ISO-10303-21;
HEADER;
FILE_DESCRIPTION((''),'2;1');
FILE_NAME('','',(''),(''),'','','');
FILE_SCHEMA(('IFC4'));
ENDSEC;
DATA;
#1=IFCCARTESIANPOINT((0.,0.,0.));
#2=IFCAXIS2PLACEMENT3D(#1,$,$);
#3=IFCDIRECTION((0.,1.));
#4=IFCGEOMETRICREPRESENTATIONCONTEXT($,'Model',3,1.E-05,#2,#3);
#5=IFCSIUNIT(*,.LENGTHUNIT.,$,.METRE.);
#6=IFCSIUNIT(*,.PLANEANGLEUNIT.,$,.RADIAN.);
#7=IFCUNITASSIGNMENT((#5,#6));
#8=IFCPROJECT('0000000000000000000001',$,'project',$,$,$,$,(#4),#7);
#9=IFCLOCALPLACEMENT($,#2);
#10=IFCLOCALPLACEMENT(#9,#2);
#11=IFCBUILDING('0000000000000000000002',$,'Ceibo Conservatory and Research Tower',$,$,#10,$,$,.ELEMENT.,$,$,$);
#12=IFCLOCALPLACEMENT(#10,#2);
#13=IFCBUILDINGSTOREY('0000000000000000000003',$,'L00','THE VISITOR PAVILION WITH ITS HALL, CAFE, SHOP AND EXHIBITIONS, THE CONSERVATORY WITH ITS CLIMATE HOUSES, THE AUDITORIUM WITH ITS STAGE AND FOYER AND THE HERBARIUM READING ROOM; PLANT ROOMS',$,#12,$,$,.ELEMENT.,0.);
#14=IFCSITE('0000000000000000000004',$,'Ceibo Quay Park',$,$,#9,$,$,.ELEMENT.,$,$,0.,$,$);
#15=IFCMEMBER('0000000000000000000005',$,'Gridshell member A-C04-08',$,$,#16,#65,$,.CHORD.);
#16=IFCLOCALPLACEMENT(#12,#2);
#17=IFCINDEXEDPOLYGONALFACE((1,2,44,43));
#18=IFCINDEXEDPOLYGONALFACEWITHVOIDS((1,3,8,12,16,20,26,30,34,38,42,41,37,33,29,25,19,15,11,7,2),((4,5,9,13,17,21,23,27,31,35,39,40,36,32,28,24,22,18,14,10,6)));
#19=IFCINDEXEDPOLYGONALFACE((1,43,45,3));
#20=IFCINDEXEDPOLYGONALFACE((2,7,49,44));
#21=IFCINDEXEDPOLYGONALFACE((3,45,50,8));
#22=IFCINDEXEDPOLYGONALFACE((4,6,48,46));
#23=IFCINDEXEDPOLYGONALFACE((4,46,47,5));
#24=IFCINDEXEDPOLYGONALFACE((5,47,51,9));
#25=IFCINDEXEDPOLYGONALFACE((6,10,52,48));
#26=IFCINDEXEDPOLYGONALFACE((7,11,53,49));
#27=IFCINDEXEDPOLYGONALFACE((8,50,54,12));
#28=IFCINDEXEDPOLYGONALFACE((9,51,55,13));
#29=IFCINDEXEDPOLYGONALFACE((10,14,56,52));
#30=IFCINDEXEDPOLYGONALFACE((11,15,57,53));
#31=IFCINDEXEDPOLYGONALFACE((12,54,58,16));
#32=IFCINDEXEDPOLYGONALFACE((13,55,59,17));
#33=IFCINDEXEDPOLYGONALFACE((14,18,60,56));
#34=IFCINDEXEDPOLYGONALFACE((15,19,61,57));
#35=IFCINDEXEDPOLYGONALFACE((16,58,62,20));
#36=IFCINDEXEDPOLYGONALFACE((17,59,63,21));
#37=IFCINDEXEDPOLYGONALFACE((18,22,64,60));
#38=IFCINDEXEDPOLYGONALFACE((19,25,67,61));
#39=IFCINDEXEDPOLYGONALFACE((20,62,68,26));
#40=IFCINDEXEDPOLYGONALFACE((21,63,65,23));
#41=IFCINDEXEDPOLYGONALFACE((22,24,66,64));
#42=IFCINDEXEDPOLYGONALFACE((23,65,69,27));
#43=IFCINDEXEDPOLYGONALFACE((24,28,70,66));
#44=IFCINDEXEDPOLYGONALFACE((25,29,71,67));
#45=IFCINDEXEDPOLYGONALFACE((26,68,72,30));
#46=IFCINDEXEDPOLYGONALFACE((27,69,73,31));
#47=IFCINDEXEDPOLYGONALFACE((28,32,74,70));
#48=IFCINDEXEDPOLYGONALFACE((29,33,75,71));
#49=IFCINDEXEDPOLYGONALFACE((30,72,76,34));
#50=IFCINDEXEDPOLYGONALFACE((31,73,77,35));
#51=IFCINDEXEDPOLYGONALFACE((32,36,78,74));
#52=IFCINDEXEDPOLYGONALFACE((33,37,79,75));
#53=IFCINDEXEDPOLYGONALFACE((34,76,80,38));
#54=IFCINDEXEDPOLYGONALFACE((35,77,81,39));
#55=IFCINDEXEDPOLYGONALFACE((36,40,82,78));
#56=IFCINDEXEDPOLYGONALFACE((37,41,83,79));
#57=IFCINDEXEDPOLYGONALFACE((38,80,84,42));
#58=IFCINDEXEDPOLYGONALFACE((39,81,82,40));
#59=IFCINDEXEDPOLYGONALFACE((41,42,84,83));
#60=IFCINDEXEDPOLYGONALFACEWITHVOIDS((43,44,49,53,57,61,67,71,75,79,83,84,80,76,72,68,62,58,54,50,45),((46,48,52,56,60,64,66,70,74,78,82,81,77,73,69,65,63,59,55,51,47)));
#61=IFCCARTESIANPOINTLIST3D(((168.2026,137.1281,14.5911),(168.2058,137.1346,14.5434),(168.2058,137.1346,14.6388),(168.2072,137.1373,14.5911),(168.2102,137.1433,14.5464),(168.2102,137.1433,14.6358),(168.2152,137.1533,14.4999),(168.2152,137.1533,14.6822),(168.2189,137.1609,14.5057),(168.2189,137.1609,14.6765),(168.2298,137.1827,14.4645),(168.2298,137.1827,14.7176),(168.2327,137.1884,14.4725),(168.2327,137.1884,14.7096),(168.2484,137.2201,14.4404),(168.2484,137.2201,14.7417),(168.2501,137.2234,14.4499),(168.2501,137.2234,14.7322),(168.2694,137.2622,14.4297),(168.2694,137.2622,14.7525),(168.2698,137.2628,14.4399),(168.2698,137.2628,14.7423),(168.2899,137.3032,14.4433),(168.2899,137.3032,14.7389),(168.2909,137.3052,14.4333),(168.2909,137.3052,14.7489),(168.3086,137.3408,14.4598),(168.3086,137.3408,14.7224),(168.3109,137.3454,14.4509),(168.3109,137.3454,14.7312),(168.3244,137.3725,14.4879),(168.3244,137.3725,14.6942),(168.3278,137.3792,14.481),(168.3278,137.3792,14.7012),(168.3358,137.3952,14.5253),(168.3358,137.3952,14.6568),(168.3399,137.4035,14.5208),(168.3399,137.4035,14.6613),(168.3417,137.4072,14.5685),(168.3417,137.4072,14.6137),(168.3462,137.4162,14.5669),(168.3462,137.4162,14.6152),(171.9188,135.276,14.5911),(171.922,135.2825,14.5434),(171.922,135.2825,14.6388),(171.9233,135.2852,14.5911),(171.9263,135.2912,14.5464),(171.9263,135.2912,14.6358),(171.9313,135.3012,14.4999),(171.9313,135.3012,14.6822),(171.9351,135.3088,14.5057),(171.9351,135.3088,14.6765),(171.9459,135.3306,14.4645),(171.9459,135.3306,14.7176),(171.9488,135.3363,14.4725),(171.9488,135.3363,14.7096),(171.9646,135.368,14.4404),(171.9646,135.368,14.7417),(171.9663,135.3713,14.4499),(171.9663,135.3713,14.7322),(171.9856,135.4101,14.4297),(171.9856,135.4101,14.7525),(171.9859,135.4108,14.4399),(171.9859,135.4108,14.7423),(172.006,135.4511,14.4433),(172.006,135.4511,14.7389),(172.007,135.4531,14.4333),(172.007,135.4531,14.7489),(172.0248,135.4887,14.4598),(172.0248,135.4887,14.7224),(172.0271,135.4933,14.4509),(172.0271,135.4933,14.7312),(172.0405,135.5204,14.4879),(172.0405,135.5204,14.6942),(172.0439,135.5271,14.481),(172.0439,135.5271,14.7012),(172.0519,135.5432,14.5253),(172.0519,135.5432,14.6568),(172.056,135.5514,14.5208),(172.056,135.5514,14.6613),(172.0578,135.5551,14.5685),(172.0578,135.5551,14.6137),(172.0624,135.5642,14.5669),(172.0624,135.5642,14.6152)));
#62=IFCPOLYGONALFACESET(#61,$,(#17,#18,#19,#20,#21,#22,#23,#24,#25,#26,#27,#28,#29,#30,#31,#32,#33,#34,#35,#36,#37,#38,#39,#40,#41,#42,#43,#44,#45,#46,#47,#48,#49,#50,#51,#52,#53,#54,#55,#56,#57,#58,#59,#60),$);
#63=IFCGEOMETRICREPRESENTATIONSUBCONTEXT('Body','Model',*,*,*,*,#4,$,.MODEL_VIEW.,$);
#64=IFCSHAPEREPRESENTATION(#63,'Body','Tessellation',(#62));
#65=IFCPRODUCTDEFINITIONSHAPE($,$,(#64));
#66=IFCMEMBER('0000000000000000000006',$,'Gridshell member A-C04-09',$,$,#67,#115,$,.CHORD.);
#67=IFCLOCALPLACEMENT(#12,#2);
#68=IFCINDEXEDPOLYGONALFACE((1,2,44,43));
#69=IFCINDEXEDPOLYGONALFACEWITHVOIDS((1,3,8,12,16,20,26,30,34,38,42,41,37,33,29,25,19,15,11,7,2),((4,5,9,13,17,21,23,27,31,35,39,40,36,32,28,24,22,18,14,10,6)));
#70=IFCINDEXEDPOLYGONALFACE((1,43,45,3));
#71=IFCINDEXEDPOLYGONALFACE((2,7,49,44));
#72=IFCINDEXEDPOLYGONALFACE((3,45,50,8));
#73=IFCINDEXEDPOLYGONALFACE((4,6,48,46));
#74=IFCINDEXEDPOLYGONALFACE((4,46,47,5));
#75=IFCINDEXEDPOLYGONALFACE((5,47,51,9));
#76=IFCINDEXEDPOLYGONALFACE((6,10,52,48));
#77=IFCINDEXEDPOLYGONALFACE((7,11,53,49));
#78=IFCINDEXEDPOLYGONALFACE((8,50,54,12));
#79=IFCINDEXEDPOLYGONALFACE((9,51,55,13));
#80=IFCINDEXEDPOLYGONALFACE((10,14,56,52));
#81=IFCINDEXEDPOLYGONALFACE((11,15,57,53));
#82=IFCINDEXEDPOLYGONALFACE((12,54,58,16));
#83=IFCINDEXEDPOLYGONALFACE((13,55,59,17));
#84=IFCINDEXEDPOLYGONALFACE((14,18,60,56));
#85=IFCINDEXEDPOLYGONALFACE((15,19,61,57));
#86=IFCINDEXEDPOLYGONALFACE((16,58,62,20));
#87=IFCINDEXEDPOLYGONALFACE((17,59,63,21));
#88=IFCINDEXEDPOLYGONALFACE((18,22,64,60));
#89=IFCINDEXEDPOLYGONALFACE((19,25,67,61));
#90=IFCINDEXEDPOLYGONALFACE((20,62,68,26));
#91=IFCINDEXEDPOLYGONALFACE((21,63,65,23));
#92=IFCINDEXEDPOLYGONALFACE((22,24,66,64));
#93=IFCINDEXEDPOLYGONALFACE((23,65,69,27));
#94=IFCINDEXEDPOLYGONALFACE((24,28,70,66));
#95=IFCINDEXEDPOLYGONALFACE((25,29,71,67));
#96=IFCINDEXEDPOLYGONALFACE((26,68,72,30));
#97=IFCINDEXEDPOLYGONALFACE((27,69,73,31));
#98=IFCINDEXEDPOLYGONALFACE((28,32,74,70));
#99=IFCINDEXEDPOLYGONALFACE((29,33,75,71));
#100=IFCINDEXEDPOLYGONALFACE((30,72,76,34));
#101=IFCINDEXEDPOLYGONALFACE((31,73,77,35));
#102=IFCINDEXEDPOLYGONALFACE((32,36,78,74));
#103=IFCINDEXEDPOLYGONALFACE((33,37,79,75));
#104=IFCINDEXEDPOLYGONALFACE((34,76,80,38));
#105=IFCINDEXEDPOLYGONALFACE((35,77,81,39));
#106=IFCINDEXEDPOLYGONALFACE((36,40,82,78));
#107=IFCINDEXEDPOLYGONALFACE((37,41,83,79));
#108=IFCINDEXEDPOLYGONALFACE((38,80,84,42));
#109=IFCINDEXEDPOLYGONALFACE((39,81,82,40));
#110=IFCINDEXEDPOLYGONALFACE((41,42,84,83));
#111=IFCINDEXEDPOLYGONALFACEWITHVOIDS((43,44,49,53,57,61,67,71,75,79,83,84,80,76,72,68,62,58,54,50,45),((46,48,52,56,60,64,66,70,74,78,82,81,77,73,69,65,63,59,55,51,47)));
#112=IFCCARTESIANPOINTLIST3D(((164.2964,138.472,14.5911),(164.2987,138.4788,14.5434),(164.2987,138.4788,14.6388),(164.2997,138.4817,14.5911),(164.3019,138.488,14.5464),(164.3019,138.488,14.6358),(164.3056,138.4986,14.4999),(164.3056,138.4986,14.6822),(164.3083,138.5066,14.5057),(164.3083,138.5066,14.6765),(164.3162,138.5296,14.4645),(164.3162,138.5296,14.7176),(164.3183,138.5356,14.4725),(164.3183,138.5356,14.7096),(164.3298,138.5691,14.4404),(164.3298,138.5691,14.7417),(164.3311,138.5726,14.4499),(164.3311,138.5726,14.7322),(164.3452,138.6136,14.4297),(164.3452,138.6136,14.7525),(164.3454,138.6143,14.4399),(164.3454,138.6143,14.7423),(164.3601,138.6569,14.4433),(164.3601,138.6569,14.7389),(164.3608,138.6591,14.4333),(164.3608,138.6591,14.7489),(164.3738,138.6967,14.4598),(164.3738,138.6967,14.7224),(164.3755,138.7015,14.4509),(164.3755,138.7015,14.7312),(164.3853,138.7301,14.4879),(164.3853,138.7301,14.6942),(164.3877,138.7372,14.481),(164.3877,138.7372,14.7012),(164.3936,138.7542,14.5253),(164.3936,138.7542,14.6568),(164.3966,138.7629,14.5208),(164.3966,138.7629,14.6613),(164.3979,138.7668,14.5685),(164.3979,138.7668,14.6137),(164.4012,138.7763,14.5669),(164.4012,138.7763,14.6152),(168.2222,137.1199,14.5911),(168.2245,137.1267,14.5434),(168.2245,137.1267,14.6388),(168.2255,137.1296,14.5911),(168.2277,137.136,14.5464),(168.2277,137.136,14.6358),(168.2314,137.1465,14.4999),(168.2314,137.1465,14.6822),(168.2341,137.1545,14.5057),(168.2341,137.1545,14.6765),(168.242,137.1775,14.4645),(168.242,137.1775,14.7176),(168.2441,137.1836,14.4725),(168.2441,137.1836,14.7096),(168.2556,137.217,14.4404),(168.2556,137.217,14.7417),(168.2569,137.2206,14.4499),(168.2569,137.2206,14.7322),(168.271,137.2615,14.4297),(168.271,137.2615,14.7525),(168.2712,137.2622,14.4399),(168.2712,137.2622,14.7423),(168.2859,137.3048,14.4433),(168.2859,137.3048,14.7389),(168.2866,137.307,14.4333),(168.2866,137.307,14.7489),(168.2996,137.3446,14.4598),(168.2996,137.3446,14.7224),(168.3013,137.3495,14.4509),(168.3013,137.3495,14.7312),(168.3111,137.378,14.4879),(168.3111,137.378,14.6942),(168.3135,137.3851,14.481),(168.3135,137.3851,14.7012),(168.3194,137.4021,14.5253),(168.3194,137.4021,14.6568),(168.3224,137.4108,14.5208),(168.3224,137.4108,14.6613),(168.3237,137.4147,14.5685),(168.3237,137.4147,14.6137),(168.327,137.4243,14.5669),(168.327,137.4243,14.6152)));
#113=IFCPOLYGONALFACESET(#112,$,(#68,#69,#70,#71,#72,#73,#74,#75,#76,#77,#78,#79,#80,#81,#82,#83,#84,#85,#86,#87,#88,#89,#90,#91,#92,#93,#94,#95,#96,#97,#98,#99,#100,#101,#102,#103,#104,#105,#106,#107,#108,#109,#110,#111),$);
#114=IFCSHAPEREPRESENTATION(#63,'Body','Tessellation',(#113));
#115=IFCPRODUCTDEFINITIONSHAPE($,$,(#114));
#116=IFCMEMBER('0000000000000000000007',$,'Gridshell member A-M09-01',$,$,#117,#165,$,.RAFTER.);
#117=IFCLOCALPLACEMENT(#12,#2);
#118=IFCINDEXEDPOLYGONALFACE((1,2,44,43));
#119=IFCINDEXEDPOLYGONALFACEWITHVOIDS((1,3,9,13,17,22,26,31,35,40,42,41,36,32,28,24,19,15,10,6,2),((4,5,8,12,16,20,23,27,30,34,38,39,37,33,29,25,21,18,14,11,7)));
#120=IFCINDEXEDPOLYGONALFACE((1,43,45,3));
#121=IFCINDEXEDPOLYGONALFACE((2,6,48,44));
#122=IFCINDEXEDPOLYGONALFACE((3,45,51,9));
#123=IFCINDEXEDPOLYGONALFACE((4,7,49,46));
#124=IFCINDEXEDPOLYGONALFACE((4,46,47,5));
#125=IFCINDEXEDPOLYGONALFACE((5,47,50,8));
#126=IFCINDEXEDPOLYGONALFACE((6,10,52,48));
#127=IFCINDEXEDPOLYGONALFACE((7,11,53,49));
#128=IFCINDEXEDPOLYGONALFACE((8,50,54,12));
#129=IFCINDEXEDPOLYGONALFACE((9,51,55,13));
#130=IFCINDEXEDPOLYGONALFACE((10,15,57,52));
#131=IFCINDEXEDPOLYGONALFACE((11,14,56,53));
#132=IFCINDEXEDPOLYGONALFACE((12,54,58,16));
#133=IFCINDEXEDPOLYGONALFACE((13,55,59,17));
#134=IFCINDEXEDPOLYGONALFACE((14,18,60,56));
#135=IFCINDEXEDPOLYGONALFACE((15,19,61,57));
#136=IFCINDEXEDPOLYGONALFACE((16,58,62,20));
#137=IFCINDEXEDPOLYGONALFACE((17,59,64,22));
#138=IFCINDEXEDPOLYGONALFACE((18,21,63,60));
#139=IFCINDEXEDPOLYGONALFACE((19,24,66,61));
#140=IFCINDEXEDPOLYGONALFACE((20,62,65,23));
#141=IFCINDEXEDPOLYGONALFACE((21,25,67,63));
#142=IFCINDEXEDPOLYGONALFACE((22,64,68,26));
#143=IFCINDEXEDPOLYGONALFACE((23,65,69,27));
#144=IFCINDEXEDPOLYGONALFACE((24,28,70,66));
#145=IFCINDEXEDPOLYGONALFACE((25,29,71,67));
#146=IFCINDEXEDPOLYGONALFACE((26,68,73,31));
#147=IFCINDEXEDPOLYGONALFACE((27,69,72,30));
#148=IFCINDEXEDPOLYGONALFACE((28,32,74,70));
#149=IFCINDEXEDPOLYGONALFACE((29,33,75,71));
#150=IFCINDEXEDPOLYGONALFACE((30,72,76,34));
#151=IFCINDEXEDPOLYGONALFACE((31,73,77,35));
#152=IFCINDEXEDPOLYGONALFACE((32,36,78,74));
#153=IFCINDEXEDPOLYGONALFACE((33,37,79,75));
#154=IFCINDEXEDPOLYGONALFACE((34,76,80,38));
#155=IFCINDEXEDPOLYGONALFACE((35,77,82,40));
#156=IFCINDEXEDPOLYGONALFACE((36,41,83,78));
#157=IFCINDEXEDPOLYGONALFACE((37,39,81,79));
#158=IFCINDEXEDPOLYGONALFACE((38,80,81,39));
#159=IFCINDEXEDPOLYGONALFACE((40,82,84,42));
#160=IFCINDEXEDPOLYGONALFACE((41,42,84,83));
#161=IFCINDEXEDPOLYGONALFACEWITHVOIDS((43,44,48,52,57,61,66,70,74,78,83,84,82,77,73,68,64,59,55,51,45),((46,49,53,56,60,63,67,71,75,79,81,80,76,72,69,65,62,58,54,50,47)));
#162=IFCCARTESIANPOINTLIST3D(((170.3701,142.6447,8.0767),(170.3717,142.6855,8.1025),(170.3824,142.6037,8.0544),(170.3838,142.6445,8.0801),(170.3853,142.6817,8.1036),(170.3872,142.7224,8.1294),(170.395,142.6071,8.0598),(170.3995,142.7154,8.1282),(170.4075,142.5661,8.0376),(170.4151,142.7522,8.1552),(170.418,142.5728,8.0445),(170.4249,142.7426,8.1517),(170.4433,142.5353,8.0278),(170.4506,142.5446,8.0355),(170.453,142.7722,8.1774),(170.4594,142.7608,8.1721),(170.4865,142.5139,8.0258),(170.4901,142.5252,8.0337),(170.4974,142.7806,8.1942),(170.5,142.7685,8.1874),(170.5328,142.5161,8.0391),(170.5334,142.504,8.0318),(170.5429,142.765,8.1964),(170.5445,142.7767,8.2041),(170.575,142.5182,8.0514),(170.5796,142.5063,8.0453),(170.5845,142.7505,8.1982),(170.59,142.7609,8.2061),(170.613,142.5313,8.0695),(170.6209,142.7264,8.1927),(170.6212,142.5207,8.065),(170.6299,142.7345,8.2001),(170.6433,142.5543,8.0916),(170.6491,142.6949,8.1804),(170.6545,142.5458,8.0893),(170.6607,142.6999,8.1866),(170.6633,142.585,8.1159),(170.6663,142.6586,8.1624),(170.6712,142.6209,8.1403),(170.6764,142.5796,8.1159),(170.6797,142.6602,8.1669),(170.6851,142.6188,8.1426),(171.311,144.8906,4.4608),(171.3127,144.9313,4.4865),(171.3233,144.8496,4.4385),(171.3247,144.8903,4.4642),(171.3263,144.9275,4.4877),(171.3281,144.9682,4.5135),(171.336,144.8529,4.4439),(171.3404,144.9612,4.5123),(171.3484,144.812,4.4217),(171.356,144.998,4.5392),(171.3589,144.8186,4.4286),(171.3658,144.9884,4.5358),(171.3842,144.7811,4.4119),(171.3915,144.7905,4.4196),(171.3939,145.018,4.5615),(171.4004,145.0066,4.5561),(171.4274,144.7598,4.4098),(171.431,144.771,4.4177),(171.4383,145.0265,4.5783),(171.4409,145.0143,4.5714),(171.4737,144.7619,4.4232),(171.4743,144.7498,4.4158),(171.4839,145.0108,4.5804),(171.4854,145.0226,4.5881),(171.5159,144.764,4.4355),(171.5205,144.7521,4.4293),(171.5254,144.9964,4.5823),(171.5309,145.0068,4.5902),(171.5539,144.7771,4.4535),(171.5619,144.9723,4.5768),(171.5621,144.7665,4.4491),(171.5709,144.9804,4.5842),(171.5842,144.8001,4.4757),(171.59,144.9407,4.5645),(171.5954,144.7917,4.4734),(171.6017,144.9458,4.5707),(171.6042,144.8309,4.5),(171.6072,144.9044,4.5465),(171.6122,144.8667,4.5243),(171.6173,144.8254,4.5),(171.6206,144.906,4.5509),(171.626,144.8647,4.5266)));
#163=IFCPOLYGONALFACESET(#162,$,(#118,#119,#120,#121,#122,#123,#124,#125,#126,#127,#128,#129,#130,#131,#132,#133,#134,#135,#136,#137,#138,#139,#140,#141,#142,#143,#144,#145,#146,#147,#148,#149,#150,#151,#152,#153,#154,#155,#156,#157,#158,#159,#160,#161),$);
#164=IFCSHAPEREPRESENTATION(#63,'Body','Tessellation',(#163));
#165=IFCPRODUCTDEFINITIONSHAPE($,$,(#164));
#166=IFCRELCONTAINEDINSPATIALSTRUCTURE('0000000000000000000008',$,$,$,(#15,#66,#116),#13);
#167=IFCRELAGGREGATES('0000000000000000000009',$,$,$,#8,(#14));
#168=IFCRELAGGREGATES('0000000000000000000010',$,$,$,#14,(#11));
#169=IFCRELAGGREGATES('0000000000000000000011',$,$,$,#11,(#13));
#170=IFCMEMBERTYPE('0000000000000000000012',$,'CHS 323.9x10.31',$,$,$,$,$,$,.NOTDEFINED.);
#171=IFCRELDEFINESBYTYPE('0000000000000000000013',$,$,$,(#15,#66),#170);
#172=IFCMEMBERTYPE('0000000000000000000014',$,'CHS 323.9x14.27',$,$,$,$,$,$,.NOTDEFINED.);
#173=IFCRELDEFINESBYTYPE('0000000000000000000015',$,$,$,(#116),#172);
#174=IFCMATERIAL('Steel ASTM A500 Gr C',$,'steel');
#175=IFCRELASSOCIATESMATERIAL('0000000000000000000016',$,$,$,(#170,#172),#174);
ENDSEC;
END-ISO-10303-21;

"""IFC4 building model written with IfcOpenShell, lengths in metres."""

from ifc_helpers import new_model, si_unit, direction, frame, origin, origin_2d, place, context, subcontext, project, spatial, hollow_circle, extrude, material, material_profile, profile_set, type_object, element, save


model = new_model("IFC4")

# Units and contexts
model_context = context("Model", 3, precision=1e-05, world=origin(), true_north=direction((0.0, 1.0)))
body_context = subcontext(model_context, "Body", "Model", "MODEL_VIEW")
ifc_project = project(units=[si_unit("LENGTHUNIT", "METRE"), si_unit("PLANEANGLEUNIT", "RADIAN")], contexts=[model_context])

# Site, building, storey
site_placement = place(None, origin())
site = spatial("IfcSite", under=ifc_project, at=site_placement, Name="Ceibo Quay Park", CompositionType="ELEMENT", RefElevation=0.0)
building_placement = place(site_placement, origin())
building = spatial("IfcBuilding", under=site, at=building_placement, Name="Ceibo Conservatory and Research Tower", CompositionType="ELEMENT")
storey_placement = place(building_placement, origin())
storey = spatial("IfcBuildingStorey", under=building, at=storey_placement, Name="L00", Description="THE VISITOR PAVILION WITH ITS HALL, CAFE, SHOP AND EXHIBITIONS, THE CONSERVATORY WITH ITS CLIMATE HOUSES, THE AUDITORIUM WITH ITS STAGE AND FOYER AND THE HERBARIUM READING ROOM; PLANT ROOMS", CompositionType="ELEMENT", Elevation=0.0)

# Members
ifc_material_1 = material(Name="Steel ASTM A500 Gr C", Category="steel")
ifc_material_profile_1 = material_profile(ifc_material_1, hollow_circle(Radius=0.1619, WallThickness=0.0103, at=origin_2d()), Name="CHS 323.9x10.31")
ifc_profile_set_1 = profile_set([ifc_material_profile_1], Name="Steel ASTM A500 Gr C")
member_type_1 = type_object("IfcMemberType", Name="CHS 323.9x10.31", PredefinedType="NOTDEFINED", material=ifc_profile_set_1)
for number, where, z_axis, x_axis, name in (
    (1, (171.991, 135.4209, 14.5911), (-0.895003, 0.446061, 0.0), (-0.446061, -0.895003, 0.0), "Gridshell member A-C04-08"),
    (2, (168.2749, 137.2729, 14.5911), (-0.945497, 0.325632, 0.0), (-0.325632, -0.945497, 0.0), "Gridshell member A-C04-09"),
):
    element("IfcMember", number, at=place(storey_placement, frame(where, z_axis=z_axis, x_axis=x_axis)), inside=storey, type_object=member_type_1, Name=name, PredefinedType="CHORD", context=body_context, shape_type="SweptSolid", body=[
        extrude(hollow_circle(Radius=0.1619, WallThickness=0.0103, at=origin_2d()), origin(), (0.0, 0.0, 1.0), 4.1521),
    ])
ifc_material_profile_2 = material_profile(ifc_material_1, hollow_circle(Radius=0.1619, WallThickness=0.0142, at=origin_2d()), Name="CHS 323.9x14.27")
ifc_profile_set_2 = profile_set([ifc_material_profile_2], Name="Steel ASTM A500 Gr C")
member_type_2 = type_object("IfcMemberType", Name="CHS 323.9x14.27", PredefinedType="NOTDEFINED", material=ifc_profile_set_2)
member_1_placement = place(storey_placement, frame((171.468, 144.8879, 4.5), z_axis=(-0.215836, -0.515174, 0.829464), x_axis=(0.922325, -0.386416, 0.0)))
element("IfcMember", 3, at=member_1_placement, inside=storey, type_object=member_type_2, Name="Gridshell member A-M09-01", PredefinedType="RAFTER", context=body_context, shape_type="SweptSolid", body=[
    extrude(hollow_circle(Radius=0.1619, WallThickness=0.0142, at=origin_2d()), origin(), (0.0, 0.0, 1.0), 4.3594),
])

save(model, "model.ifc")
